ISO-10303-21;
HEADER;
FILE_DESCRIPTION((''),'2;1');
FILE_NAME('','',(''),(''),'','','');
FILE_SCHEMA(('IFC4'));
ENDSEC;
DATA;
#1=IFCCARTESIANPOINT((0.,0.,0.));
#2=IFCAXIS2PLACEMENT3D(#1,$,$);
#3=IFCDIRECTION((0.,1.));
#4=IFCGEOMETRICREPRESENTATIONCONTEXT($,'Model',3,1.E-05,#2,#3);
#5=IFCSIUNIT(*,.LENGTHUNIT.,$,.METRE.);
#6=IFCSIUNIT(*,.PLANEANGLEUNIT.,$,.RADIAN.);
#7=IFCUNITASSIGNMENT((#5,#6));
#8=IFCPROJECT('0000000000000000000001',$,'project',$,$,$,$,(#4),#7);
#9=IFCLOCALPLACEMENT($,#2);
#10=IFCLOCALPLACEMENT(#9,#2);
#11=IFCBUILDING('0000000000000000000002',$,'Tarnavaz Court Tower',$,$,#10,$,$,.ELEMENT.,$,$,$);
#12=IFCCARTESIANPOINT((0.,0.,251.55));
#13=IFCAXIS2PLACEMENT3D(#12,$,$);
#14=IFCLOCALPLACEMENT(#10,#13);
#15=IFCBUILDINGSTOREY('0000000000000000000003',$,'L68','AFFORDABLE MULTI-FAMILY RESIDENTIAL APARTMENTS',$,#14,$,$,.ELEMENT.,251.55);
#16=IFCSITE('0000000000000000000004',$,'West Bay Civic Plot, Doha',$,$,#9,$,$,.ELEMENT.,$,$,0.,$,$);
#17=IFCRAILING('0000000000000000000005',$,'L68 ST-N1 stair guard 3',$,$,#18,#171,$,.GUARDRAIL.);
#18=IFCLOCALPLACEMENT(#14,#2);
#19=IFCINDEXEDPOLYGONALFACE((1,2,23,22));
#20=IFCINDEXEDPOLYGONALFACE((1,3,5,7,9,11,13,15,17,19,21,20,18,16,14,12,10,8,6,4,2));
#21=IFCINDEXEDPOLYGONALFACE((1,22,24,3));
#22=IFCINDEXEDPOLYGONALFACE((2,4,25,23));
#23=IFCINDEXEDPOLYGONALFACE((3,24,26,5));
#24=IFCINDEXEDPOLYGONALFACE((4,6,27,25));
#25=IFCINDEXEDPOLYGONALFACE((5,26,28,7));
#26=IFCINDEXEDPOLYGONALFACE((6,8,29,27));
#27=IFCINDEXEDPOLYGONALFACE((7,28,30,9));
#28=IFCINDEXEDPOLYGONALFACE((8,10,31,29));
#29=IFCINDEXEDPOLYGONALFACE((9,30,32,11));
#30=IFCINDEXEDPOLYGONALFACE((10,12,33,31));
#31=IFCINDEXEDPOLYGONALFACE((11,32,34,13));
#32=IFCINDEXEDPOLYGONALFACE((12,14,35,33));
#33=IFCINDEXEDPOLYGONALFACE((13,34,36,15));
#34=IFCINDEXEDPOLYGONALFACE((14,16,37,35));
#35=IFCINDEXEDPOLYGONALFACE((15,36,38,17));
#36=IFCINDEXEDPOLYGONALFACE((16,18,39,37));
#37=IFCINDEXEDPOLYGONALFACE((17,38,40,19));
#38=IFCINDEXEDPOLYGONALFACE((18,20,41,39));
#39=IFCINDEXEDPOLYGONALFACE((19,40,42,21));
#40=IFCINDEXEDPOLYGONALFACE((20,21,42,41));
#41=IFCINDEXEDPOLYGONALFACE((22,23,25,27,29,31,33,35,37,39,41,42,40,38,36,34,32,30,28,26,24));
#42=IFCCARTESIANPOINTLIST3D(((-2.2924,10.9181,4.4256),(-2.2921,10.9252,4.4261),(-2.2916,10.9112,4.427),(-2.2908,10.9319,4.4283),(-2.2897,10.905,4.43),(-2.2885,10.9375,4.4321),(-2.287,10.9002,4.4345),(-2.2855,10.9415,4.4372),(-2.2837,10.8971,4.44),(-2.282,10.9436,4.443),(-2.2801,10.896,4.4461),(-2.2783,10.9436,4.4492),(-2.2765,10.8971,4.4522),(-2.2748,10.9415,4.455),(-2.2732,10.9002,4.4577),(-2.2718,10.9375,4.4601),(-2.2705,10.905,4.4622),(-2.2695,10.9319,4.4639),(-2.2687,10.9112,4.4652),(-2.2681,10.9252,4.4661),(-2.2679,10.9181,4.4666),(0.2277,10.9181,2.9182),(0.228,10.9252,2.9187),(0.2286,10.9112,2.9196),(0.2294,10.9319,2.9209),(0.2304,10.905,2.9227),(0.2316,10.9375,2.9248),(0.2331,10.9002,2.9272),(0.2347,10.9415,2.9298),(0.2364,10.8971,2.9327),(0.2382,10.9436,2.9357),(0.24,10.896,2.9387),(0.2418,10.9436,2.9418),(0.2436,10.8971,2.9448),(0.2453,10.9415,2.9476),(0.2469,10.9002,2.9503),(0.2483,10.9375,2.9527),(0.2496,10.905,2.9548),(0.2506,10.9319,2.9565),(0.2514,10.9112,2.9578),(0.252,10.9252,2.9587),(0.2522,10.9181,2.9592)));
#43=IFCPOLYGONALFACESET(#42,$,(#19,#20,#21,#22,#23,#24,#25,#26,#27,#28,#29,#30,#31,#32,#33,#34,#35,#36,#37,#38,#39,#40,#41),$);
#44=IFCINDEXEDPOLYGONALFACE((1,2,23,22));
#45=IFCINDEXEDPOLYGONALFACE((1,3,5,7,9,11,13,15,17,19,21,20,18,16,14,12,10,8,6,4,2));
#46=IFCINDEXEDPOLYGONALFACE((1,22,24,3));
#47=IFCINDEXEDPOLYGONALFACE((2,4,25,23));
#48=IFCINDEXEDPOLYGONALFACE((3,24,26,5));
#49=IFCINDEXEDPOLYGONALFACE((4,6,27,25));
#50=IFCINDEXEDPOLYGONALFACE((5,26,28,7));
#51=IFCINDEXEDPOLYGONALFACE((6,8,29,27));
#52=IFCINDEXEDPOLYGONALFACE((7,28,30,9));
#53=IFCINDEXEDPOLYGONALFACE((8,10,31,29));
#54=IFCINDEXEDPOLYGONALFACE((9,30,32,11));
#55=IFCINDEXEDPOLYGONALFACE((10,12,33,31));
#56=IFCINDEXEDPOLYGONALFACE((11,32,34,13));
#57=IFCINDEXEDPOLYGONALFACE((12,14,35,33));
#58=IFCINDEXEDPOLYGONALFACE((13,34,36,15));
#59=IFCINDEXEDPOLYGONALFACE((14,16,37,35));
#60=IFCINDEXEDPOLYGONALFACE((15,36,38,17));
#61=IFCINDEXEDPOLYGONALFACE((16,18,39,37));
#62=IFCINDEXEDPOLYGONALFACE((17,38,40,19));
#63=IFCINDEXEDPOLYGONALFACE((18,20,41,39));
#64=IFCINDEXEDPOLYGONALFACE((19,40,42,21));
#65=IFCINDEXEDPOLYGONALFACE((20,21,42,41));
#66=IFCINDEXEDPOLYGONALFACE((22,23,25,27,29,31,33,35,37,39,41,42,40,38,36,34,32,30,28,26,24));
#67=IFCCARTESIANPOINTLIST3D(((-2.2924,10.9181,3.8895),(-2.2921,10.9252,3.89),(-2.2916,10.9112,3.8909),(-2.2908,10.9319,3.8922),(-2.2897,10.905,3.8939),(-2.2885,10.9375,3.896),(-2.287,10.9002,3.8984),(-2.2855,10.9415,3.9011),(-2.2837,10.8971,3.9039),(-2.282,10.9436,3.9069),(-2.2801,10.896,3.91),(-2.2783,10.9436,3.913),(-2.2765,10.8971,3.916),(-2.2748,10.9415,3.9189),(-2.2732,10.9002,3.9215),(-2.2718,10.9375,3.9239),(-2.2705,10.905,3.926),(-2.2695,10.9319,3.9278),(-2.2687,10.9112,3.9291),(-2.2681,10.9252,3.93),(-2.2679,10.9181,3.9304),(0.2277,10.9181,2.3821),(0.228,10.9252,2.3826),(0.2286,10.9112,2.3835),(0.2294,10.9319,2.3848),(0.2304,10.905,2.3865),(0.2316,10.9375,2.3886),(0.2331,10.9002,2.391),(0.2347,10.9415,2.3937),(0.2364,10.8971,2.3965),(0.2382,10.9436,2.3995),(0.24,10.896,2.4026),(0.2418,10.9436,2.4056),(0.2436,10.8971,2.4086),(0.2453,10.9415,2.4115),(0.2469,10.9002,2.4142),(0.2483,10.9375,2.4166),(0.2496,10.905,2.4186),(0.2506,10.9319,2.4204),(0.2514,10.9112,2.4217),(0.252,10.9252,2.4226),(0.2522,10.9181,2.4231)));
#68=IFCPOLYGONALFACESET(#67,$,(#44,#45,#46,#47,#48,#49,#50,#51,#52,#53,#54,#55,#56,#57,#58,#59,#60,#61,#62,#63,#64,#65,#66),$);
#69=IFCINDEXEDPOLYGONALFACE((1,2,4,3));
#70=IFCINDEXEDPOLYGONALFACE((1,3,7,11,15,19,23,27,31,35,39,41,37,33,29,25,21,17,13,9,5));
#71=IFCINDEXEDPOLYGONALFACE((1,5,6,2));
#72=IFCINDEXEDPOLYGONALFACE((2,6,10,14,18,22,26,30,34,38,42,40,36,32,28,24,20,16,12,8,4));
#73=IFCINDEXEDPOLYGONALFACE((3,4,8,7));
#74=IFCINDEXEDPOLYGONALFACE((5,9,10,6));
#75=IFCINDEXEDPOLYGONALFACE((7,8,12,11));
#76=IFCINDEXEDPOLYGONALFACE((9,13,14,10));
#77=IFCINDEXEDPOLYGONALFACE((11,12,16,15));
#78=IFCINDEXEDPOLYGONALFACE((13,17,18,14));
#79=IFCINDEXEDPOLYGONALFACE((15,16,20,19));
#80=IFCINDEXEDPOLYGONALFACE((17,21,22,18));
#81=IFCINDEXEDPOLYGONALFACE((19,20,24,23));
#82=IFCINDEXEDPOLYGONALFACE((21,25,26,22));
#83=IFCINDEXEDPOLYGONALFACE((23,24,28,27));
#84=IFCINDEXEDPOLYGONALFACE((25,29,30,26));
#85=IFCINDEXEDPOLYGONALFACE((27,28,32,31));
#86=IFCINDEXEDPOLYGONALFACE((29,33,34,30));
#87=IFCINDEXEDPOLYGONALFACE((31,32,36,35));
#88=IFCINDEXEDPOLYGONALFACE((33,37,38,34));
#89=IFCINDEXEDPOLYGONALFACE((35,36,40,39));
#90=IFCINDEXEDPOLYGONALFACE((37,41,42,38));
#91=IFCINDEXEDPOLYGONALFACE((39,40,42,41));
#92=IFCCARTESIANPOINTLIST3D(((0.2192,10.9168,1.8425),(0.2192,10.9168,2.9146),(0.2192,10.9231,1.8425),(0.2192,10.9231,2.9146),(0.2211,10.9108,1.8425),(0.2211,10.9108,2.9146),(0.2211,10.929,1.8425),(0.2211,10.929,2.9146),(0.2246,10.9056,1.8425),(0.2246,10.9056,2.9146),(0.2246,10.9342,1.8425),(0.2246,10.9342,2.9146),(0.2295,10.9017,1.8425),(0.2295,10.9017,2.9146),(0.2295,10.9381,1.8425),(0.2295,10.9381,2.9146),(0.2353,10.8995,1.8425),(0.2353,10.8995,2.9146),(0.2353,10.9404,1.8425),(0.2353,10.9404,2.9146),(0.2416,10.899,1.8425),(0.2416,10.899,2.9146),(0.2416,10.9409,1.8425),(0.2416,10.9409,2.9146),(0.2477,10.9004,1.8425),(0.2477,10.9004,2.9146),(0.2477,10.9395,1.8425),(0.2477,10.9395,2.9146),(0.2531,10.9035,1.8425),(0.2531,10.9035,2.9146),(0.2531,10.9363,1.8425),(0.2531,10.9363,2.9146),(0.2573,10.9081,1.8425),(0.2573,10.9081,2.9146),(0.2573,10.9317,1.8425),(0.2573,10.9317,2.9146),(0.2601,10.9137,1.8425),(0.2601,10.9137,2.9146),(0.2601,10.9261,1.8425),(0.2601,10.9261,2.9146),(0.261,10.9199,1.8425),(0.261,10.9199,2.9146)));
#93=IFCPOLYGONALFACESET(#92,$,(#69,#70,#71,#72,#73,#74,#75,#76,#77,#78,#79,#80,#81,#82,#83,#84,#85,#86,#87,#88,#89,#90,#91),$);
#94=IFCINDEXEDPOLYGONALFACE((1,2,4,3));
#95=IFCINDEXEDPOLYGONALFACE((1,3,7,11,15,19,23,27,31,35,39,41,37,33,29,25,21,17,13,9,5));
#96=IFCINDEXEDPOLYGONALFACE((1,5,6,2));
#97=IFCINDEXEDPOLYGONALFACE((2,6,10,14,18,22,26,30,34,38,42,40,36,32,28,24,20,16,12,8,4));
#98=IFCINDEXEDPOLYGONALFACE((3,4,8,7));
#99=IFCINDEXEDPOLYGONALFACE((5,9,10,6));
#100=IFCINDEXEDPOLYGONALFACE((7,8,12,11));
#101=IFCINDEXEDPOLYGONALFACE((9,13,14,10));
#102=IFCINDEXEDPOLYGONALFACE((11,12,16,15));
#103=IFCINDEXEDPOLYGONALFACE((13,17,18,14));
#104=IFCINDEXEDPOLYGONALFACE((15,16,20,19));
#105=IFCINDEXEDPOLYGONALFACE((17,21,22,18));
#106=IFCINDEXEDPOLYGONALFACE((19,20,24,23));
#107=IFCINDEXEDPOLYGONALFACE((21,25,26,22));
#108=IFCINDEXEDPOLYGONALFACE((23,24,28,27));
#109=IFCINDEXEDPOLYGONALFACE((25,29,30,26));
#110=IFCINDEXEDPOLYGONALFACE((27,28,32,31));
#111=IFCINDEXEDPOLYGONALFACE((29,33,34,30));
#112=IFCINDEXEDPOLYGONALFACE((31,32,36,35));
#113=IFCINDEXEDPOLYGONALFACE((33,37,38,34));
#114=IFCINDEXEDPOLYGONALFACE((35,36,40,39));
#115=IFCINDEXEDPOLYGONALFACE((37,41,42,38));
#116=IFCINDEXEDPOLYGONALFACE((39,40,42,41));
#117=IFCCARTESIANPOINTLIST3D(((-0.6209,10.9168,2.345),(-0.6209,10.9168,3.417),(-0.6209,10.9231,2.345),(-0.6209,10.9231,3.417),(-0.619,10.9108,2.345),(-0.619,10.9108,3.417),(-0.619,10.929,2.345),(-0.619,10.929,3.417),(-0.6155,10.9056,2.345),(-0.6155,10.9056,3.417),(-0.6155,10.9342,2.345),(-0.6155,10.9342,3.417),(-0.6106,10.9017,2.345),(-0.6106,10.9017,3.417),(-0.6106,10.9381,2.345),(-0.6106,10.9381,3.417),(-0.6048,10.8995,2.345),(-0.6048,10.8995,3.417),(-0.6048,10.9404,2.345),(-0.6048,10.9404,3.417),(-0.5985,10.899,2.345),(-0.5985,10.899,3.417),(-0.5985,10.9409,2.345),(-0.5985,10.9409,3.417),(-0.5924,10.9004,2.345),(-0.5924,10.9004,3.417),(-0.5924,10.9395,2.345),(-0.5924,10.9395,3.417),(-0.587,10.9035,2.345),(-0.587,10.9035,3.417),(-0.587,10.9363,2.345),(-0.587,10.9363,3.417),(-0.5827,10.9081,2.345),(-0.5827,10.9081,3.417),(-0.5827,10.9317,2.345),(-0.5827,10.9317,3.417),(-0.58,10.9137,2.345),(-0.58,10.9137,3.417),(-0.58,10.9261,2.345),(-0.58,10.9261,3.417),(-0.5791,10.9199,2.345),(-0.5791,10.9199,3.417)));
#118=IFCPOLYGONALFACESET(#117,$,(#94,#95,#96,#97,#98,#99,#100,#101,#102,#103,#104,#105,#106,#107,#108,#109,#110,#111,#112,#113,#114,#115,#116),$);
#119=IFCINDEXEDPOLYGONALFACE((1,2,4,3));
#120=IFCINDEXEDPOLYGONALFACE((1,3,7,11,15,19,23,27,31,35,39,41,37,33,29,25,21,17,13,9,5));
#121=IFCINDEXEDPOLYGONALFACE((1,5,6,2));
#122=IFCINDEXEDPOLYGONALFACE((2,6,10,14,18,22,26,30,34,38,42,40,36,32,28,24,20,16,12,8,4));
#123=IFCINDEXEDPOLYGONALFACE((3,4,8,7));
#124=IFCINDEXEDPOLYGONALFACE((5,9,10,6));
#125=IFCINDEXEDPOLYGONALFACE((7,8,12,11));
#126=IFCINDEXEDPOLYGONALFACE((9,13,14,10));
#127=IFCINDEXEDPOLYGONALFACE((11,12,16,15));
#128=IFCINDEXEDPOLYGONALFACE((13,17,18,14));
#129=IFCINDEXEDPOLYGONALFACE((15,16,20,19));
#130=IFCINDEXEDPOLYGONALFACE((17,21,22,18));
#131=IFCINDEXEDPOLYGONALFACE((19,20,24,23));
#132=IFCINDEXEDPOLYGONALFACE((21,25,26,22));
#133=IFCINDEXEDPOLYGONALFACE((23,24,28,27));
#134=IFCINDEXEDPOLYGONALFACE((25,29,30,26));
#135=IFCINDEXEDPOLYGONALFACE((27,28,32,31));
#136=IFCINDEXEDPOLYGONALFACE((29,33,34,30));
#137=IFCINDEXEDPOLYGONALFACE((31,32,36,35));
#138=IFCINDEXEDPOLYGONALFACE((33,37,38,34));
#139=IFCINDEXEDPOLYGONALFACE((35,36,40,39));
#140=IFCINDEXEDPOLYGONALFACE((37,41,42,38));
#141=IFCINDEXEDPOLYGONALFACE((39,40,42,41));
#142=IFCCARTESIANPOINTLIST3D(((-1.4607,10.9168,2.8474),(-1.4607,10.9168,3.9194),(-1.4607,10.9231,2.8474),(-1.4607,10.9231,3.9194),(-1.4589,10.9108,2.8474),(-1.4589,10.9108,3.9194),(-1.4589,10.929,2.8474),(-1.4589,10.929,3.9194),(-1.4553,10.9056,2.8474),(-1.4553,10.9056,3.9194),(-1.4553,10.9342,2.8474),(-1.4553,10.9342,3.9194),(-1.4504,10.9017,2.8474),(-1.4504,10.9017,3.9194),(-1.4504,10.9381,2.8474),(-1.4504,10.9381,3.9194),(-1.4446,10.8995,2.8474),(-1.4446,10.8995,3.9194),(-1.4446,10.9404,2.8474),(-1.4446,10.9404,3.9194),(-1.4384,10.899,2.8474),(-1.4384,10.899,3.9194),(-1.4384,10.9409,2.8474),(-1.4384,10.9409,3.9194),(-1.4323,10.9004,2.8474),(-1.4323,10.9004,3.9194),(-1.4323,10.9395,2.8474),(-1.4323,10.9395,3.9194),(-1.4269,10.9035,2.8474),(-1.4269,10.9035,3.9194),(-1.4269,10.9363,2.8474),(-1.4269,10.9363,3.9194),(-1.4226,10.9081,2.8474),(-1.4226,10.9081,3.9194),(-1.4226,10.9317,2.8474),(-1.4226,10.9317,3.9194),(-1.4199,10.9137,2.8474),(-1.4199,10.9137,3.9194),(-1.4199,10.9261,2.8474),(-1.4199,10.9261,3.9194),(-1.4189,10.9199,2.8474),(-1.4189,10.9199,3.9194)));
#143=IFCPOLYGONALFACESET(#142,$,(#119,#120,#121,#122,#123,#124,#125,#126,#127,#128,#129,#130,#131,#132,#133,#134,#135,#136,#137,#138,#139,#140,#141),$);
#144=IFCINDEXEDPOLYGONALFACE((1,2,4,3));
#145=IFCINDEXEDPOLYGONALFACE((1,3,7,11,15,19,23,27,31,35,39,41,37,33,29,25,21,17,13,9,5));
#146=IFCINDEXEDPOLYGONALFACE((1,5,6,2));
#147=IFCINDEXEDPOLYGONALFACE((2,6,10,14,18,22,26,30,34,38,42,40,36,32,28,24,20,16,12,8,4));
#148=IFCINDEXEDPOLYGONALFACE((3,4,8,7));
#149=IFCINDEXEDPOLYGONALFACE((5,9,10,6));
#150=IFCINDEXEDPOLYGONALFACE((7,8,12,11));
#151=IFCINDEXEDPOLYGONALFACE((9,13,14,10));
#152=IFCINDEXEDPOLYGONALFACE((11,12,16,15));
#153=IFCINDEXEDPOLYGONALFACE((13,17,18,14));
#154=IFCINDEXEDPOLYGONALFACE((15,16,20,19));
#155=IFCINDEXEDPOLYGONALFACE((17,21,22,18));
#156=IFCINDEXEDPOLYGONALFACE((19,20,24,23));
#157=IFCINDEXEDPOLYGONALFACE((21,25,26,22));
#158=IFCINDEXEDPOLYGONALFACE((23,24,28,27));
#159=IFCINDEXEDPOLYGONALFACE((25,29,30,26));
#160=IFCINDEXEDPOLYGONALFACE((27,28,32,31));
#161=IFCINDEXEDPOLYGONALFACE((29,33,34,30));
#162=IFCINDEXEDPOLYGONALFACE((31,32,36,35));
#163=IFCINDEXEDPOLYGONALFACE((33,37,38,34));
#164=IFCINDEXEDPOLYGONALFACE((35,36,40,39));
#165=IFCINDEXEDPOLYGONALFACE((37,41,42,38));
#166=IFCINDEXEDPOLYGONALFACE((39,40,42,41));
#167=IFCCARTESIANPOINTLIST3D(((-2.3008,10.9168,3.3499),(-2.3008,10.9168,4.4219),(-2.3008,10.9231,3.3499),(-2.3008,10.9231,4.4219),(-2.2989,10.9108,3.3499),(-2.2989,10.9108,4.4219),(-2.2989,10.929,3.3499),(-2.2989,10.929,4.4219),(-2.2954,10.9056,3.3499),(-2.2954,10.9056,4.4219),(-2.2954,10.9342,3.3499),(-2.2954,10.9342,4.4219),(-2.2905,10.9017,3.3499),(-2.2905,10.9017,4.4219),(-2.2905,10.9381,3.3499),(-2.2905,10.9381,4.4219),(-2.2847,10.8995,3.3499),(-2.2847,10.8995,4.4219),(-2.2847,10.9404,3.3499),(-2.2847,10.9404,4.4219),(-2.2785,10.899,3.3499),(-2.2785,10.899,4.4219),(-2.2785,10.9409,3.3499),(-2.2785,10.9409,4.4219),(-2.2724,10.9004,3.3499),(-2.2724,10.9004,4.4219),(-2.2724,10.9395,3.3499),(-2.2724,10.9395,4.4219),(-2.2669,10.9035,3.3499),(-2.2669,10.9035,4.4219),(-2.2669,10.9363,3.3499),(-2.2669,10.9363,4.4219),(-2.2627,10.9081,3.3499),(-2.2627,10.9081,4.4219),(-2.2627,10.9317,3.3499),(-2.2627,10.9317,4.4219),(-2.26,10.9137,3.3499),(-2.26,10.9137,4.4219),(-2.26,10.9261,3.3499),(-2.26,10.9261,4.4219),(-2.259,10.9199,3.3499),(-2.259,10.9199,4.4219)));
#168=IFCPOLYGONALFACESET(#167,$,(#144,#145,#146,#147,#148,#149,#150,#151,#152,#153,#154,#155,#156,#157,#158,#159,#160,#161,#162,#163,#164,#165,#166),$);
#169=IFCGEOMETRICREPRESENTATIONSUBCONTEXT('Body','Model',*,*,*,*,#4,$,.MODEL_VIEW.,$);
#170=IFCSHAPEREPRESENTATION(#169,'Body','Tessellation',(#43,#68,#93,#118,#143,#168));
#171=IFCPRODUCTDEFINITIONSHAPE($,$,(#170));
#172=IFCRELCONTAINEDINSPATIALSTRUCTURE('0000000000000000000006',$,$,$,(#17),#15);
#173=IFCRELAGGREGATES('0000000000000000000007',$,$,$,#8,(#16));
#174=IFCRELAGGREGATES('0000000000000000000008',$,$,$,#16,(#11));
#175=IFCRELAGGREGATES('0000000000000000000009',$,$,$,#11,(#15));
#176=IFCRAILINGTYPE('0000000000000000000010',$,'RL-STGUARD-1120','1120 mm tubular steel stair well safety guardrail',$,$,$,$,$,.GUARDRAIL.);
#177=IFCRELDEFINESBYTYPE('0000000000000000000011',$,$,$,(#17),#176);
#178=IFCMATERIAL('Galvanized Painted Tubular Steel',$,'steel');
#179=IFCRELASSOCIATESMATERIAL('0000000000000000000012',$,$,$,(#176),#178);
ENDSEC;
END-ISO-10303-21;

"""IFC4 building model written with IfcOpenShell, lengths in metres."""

from ifc_helpers import new_model, si_unit, direction, frame, origin, origin_2d, place, context, subcontext, project, spatial, circle, extrude, material, type_object, element, save


model = new_model("IFC4")

# Units and contexts
model_context = context("Model", 3, precision=1e-05, world=origin(), true_north=direction((0.0, 1.0)))
body_context = subcontext(model_context, "Body", "Model", "MODEL_VIEW")
ifc_project = project(units=[si_unit("LENGTHUNIT", "METRE"), si_unit("PLANEANGLEUNIT", "RADIAN")], contexts=[model_context])

# Site, building, storey
site_placement = place(None, origin())
site = spatial("IfcSite", under=ifc_project, at=site_placement, Name="West Bay Civic Plot, Doha", CompositionType="ELEMENT", RefElevation=0.0)
building_placement = place(site_placement, origin())
building = spatial("IfcBuilding", under=site, at=building_placement, Name="Tarnavaz Court Tower", CompositionType="ELEMENT")
storey_placement = place(building_placement, frame((0.0, 0.0, 251.55)))
storey = spatial("IfcBuildingStorey", under=building, at=storey_placement, Name="L68", Description="AFFORDABLE MULTI-FAMILY RESIDENTIAL APARTMENTS", CompositionType="ELEMENT", Elevation=251.55)

# Railing
ifc_material_1 = material(Name="Galvanized Painted Tubular Steel", Category="steel")
railing_type_1 = type_object("IfcRailingType", Name="RL-STGUARD-1120", Description="1120 mm tubular steel stair well safety guardrail", PredefinedType="GUARDRAIL", material=ifc_material_1)
railing_1_placement = place(storey_placement, frame((0.24, 10.9199, 1.8425)))
element("IfcRailing", 1, at=railing_1_placement, inside=storey, type_object=railing_type_1, Name="L68 ST-N1 stair guard 3", PredefinedType="GUARDRAIL", context=body_context, shape_type="SweptSolid", body=[
    extrude(circle(Radius=0.0239, at=origin_2d()), frame((0.0, 0.0, 1.0962), z_axis=(-0.858196, 0.0, 0.513321), x_axis=(0.0, -1.0, 0.0)), (0.0, 0.0, 1.0), 2.9365),
    extrude(circle(Radius=0.0239, at=origin_2d()), frame((0.0, 0.0, 0.5601), z_axis=(-0.858196, 0.0, 0.513321), x_axis=(0.0, -1.0, 0.0)), (0.0, 0.0, 1.0), 2.9365),
    extrude(circle(Radius=0.021, at=origin_2d()), origin(), (0.0, 0.0, 1.0), 1.072),
    extrude(circle(Radius=0.021, at=origin_2d()), frame((-0.8401, 0.0, 0.5024)), (0.0, 0.0, 1.0), 1.072),
    extrude(circle(Radius=0.021, at=origin_2d()), frame((-1.6799, 0.0, 1.0049)), (0.0, 0.0, 1.0), 1.072),
    extrude(circle(Radius=0.021, at=origin_2d()), frame((-2.52, 0.0, 1.5073)), (0.0, 0.0, 1.0), 1.072),
])

save(model, "model.ifc")
